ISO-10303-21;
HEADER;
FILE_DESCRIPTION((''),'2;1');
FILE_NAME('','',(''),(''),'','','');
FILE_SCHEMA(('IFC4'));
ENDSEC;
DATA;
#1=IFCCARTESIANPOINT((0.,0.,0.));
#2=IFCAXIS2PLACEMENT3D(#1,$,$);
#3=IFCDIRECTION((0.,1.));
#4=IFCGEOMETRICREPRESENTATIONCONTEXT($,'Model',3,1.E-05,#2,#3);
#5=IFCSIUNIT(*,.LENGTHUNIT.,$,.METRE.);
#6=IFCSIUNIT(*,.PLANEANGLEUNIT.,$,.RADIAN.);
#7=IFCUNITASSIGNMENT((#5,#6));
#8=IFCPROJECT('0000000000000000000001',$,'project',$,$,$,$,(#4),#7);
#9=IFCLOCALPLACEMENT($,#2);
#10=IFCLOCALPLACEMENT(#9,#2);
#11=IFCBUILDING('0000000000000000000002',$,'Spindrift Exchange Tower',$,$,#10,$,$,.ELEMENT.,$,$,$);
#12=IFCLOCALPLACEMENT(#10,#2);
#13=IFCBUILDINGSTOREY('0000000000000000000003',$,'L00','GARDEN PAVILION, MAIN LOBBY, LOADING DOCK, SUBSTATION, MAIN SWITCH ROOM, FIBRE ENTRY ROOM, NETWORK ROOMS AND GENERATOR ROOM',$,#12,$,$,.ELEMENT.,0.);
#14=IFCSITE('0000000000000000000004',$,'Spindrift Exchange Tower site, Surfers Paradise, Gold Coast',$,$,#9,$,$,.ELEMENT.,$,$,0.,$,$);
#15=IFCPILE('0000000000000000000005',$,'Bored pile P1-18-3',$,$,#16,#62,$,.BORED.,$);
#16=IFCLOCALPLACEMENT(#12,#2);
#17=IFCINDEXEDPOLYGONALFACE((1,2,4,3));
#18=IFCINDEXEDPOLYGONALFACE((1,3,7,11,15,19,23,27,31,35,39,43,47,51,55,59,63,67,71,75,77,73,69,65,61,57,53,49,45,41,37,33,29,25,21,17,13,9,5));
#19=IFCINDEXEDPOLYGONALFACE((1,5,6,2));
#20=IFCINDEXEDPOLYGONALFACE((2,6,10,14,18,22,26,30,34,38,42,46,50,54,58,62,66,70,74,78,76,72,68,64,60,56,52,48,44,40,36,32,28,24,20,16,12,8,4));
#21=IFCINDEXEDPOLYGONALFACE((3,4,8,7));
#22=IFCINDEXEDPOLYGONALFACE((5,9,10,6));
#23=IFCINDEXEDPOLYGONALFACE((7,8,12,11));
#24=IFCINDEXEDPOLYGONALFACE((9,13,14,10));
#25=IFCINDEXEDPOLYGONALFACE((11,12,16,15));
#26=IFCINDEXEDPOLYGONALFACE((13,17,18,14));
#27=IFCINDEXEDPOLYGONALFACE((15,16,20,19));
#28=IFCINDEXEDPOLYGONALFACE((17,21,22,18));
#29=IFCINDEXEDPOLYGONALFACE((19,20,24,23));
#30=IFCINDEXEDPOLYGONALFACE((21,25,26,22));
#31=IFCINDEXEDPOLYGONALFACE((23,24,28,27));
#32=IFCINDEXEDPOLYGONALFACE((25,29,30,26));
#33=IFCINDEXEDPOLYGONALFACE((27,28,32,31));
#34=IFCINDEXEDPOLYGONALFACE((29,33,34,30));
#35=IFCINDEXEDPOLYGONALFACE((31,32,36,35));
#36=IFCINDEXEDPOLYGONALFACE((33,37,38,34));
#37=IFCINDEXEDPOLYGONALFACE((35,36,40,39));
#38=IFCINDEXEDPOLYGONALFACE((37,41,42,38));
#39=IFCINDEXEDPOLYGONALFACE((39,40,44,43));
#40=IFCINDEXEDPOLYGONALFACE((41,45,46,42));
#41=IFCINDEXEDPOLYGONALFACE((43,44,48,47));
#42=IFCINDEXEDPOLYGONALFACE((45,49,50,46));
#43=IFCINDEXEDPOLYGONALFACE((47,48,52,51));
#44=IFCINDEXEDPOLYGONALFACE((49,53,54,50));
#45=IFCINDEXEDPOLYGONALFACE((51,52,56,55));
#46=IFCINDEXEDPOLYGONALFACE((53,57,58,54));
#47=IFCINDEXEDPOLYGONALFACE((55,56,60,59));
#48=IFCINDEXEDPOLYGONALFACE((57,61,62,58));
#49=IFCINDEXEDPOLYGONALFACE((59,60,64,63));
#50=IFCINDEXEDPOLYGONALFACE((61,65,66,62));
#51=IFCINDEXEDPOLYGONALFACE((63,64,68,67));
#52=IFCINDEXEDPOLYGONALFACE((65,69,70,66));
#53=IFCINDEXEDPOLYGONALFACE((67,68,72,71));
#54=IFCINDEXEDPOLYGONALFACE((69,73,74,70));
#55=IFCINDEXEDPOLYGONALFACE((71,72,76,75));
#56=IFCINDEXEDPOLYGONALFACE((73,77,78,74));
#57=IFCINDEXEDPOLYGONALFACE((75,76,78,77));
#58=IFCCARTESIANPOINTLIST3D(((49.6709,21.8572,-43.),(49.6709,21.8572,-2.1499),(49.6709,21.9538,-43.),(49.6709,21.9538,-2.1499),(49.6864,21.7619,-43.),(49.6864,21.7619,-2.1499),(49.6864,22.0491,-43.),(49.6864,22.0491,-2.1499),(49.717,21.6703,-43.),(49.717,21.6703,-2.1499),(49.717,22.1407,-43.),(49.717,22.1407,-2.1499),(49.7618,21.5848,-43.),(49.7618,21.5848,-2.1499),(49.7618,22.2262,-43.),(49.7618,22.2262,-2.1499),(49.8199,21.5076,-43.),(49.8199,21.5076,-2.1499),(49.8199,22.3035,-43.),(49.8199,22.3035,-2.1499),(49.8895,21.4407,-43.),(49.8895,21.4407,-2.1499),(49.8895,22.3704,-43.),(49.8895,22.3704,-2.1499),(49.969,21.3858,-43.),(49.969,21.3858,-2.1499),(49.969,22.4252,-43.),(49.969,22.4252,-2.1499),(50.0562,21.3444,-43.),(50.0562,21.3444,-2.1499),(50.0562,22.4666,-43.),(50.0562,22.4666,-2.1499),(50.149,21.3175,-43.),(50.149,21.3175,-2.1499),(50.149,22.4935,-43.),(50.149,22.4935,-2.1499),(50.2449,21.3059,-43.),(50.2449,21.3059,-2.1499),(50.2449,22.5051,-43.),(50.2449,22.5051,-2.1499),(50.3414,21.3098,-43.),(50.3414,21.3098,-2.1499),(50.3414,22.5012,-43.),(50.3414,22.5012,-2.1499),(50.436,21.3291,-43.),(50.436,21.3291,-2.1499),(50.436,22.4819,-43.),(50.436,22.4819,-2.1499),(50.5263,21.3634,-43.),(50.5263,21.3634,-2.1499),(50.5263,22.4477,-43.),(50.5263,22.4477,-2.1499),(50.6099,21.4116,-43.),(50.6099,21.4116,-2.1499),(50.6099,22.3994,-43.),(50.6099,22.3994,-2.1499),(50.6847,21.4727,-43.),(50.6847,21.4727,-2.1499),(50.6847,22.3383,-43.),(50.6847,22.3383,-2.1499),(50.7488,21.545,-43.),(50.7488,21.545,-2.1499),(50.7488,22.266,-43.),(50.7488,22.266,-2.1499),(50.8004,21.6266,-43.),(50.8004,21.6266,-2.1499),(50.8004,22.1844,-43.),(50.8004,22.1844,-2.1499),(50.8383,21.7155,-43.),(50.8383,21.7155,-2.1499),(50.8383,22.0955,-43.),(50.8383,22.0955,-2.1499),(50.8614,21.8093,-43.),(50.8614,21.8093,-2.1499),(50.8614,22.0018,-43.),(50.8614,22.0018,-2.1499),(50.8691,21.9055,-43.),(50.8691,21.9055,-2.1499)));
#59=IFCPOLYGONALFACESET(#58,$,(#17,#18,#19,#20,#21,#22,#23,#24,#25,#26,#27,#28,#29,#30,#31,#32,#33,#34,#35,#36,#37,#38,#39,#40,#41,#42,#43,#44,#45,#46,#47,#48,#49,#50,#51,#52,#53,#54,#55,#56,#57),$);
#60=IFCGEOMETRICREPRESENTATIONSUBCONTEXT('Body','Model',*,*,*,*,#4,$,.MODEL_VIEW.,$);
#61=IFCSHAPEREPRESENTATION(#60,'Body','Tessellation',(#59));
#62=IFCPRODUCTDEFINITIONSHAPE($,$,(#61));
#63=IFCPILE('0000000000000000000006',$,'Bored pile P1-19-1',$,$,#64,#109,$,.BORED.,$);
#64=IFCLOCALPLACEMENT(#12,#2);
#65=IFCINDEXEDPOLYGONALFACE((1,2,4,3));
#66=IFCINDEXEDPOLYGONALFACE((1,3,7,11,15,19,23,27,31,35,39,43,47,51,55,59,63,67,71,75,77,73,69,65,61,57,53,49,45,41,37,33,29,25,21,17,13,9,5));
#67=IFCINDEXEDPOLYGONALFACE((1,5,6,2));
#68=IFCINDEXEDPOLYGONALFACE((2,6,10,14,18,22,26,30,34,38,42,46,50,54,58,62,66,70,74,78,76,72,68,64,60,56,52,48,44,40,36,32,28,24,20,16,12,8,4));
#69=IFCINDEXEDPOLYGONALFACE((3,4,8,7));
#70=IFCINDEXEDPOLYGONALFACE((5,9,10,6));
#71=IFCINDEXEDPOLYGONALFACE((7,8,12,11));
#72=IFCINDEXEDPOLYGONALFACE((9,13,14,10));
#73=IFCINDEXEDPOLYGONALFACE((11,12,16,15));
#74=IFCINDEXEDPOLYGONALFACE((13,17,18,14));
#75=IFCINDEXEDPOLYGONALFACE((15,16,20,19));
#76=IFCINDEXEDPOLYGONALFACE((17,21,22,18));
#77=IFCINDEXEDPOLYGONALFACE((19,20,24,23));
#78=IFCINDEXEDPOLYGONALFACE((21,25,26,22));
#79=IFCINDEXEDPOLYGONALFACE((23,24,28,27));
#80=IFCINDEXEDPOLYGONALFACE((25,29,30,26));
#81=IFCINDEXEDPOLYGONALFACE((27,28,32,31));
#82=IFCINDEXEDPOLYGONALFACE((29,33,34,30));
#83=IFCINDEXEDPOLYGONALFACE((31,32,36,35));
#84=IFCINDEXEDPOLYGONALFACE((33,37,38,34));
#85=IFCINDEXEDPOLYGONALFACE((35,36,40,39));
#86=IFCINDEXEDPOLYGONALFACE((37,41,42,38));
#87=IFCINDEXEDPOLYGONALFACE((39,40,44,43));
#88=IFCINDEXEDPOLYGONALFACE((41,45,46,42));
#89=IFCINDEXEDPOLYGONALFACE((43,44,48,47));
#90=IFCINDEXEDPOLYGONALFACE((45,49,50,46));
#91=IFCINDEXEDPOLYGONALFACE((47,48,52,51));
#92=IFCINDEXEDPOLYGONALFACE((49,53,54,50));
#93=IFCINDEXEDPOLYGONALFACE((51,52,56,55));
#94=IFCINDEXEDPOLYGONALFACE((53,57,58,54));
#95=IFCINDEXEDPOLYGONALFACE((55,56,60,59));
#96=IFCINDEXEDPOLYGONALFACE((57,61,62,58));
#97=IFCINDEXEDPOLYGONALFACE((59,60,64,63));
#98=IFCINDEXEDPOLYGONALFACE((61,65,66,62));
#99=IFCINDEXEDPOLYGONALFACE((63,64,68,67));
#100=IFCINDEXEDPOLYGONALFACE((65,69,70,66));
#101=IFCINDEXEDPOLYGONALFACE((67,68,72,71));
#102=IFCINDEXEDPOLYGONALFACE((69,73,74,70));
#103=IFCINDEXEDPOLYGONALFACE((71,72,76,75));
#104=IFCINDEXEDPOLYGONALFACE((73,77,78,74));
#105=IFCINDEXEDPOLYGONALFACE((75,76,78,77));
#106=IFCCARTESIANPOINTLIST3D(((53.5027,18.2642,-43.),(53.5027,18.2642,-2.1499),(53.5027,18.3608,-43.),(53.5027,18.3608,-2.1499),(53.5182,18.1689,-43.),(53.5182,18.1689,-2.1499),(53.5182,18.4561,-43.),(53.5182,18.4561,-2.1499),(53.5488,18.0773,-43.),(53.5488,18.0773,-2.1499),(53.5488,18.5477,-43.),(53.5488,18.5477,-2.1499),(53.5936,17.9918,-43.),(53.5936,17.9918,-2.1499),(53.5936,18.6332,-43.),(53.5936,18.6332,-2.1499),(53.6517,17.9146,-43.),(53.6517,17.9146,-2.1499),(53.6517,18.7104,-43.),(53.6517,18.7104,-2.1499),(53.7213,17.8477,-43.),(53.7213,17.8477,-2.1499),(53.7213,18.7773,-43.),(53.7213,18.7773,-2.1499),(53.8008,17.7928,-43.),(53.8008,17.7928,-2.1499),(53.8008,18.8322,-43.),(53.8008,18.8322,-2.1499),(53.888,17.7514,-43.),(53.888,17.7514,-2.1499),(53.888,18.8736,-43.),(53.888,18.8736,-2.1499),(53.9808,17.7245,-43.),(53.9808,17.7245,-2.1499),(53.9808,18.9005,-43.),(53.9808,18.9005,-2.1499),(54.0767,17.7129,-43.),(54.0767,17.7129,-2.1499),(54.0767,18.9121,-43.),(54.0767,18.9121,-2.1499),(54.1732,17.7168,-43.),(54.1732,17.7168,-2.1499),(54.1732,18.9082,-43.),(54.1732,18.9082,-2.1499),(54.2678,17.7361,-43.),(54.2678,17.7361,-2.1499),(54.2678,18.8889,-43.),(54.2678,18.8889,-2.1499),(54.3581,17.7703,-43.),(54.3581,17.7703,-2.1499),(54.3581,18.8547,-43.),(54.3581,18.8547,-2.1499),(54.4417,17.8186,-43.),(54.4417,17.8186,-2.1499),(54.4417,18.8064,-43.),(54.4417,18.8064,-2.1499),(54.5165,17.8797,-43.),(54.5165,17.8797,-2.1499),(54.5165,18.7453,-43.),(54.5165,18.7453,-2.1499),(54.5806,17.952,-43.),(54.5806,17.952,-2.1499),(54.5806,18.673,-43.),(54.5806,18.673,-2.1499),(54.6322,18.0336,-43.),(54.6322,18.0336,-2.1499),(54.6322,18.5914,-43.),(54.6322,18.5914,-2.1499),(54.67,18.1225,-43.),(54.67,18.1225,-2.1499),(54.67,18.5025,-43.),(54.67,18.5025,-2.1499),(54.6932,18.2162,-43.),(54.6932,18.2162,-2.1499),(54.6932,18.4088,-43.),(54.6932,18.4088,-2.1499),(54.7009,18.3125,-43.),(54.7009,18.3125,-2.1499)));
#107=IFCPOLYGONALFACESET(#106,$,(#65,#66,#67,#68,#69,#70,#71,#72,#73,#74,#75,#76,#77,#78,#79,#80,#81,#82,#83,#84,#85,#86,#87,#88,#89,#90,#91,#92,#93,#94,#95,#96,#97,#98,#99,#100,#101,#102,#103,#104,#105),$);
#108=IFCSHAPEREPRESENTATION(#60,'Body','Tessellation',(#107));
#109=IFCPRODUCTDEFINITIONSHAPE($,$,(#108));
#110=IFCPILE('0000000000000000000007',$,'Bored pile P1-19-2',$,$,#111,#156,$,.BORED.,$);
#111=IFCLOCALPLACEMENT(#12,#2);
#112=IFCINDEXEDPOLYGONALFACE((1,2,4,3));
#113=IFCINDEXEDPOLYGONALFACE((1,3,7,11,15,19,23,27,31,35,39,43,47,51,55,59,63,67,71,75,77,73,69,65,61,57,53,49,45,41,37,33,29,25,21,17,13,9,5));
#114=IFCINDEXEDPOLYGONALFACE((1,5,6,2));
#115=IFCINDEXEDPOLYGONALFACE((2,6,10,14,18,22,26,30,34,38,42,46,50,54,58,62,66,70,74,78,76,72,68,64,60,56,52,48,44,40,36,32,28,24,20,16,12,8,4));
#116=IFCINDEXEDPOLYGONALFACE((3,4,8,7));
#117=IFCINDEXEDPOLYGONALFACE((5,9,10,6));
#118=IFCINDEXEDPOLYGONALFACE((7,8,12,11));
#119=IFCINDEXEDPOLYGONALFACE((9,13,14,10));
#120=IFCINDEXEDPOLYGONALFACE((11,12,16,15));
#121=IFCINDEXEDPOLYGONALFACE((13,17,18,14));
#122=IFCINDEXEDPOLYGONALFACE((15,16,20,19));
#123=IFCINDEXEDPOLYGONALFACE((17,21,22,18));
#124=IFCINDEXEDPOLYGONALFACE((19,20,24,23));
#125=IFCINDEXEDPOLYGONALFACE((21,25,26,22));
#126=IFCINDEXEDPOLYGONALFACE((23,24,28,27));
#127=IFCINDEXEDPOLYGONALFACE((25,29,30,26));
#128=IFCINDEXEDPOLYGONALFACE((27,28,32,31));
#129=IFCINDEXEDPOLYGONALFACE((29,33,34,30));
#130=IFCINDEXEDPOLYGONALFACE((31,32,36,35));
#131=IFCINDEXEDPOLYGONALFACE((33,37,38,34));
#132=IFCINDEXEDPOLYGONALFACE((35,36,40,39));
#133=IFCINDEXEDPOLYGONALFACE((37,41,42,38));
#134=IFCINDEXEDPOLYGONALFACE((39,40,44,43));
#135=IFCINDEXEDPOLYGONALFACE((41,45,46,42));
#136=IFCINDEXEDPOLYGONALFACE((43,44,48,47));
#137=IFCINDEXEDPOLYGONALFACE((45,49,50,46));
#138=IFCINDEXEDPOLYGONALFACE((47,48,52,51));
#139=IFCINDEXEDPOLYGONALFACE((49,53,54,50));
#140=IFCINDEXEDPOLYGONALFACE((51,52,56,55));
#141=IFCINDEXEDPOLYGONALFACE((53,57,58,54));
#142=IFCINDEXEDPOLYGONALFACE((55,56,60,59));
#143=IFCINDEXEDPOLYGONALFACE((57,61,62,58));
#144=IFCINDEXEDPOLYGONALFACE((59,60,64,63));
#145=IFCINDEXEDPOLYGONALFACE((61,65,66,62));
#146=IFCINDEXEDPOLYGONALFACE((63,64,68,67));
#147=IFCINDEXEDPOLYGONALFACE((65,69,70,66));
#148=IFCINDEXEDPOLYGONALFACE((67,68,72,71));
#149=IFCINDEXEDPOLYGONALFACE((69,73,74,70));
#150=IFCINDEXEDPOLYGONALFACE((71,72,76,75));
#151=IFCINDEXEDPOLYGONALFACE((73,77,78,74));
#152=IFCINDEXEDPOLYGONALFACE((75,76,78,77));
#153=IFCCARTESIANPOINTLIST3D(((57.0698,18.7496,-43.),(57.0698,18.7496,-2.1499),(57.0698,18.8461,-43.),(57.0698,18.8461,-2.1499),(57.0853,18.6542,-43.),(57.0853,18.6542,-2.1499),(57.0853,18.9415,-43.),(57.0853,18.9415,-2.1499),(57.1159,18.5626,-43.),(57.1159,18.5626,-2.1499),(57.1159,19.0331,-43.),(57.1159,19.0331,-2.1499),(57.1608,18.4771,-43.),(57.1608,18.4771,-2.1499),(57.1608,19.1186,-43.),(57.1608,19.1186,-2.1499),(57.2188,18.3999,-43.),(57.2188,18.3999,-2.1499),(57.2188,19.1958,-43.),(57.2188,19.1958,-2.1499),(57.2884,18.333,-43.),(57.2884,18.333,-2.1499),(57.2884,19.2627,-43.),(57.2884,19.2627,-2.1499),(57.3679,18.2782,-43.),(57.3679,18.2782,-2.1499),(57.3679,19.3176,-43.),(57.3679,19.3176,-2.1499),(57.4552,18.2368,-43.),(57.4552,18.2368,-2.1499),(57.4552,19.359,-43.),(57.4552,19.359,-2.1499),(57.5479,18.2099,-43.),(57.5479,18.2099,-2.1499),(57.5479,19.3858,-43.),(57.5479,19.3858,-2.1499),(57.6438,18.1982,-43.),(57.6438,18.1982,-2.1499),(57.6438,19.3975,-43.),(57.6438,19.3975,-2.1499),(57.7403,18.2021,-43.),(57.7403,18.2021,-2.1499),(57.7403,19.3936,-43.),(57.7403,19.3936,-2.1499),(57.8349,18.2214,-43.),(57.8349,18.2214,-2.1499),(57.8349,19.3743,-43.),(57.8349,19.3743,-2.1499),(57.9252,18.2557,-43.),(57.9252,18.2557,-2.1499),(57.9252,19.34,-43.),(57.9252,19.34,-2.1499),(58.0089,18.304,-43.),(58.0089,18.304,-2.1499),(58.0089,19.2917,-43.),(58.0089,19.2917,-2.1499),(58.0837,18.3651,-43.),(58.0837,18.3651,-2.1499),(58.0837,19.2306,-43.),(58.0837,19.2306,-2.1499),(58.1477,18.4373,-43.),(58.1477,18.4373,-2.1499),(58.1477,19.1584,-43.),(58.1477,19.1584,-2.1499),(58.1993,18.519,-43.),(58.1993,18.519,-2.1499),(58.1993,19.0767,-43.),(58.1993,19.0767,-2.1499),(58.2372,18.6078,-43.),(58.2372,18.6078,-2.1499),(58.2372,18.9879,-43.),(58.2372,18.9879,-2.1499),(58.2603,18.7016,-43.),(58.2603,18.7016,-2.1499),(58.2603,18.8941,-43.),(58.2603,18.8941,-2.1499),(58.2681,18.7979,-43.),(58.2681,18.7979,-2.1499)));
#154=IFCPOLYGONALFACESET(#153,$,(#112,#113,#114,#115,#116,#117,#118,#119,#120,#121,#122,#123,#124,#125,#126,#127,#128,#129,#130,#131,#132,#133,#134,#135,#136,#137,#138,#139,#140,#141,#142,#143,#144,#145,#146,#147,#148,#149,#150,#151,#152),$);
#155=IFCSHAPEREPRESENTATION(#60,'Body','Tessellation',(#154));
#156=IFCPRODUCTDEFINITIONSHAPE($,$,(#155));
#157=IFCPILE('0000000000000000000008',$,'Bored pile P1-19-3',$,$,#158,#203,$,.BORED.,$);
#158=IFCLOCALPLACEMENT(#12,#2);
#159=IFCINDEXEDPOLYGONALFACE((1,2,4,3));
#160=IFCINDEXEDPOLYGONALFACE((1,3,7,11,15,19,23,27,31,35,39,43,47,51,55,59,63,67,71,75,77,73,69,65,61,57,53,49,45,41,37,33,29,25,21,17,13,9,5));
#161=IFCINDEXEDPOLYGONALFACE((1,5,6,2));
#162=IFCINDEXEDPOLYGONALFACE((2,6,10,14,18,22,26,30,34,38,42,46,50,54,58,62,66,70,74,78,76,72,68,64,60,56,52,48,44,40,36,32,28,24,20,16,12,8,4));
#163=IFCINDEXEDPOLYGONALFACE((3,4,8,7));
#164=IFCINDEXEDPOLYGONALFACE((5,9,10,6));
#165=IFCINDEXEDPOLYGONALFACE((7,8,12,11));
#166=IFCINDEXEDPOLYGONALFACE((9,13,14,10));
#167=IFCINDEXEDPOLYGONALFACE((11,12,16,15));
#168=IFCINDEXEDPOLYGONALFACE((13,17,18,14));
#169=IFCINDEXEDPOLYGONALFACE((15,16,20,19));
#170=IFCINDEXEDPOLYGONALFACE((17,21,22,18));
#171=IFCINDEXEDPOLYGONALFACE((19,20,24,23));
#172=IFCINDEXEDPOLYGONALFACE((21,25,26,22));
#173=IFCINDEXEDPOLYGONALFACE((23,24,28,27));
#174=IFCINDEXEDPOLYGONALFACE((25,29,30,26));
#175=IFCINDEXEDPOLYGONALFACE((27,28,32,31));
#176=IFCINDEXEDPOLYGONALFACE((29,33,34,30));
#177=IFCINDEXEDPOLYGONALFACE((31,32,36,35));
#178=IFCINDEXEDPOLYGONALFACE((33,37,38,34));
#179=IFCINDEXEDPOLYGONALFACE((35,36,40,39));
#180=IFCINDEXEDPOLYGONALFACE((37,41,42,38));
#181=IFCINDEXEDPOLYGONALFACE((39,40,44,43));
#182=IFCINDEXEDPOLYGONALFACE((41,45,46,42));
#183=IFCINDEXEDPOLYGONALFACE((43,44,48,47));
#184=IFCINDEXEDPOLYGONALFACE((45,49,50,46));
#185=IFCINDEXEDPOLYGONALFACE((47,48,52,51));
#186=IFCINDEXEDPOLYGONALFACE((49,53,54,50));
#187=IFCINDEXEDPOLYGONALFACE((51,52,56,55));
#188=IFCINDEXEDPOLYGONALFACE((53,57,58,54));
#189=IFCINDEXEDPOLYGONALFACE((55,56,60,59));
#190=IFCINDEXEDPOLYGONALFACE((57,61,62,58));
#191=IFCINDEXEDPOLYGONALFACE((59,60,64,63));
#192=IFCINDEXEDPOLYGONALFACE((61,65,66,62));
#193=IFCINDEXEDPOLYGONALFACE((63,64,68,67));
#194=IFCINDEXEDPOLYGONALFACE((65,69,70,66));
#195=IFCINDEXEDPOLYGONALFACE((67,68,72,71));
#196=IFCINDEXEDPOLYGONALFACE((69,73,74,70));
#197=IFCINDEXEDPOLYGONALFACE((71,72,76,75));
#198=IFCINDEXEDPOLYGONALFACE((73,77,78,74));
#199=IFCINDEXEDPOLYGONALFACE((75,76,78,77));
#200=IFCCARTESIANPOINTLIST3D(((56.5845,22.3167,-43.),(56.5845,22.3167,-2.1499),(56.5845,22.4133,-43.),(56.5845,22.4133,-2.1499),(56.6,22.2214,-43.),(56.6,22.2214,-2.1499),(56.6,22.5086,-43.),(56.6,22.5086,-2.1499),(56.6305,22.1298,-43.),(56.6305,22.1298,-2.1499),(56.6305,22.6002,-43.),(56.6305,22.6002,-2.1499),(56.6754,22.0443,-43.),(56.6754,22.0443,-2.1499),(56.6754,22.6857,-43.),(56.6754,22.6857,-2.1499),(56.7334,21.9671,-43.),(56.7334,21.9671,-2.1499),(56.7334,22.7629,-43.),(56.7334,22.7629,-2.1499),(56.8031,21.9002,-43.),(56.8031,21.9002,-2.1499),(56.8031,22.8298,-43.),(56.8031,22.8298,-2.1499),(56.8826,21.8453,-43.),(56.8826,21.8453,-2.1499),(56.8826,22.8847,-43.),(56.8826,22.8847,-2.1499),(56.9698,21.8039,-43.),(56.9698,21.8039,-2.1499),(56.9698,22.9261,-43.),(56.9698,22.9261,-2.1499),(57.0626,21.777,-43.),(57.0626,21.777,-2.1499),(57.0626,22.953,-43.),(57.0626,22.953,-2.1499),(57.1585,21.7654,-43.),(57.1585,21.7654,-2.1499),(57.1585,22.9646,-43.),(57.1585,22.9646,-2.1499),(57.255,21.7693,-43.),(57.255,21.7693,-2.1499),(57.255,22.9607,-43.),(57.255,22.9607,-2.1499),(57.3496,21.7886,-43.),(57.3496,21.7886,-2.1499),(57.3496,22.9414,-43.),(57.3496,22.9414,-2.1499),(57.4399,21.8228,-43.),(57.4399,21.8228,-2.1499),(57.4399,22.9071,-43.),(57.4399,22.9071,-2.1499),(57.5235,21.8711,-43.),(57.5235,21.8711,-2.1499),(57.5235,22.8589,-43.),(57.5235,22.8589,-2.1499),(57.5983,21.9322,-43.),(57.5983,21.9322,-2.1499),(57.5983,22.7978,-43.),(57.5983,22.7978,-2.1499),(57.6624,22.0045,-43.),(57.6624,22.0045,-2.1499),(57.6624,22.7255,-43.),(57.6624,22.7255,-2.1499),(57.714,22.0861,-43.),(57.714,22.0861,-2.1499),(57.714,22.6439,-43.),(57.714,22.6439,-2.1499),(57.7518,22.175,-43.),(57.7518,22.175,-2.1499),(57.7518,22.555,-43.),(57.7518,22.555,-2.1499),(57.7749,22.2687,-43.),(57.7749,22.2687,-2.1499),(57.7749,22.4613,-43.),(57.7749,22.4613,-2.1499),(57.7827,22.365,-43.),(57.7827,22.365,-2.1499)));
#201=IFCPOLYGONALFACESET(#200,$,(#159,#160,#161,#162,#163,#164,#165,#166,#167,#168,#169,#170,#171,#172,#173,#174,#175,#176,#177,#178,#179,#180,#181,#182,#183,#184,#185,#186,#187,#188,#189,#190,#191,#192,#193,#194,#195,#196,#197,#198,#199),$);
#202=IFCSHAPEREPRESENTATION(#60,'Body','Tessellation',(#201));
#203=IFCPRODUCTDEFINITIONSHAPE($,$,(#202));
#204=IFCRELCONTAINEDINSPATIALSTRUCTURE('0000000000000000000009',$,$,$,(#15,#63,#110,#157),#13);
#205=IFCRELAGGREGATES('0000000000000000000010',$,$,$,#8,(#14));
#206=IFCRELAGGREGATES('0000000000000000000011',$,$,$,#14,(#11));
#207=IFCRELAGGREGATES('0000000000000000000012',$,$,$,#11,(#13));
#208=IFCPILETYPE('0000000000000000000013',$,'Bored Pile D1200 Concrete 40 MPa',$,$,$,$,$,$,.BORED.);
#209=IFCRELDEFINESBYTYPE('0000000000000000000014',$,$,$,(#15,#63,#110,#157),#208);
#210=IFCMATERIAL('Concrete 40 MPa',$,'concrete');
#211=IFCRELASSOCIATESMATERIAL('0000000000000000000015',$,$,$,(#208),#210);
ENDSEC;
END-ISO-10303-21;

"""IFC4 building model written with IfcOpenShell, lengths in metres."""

from ifc_helpers import new_model, si_unit, direction, frame, origin, origin_2d, place, context, subcontext, project, spatial, circle, extrude, source, transform, mapped, material, material_profile, profile_set, type_object, element, save


model = new_model("IFC4")

# Units and contexts
model_context = context("Model", 3, precision=1e-05, world=origin(), true_north=direction((0.0, 1.0)))
body_context = subcontext(model_context, "Body", "Model", "MODEL_VIEW")
ifc_project = project(units=[si_unit("LENGTHUNIT", "METRE"), si_unit("PLANEANGLEUNIT", "RADIAN")], contexts=[model_context])

# Site, building, storey
site_placement = place(None, origin())
site = spatial("IfcSite", under=ifc_project, at=site_placement, Name="Spindrift Exchange Tower site, Surfers Paradise, Gold Coast", CompositionType="ELEMENT", RefElevation=0.0)
building_placement = place(site_placement, origin())
building = spatial("IfcBuilding", under=site, at=building_placement, Name="Spindrift Exchange Tower", CompositionType="ELEMENT")
storey_placement = place(building_placement, origin())
storey = spatial("IfcBuildingStorey", under=building, at=storey_placement, Name="L00", Description="GARDEN PAVILION, MAIN LOBBY, LOADING DOCK, SUBSTATION, MAIN SWITCH ROOM, FIBRE ENTRY ROOM, NETWORK ROOMS AND GENERATOR ROOM", CompositionType="ELEMENT", Elevation=0.0)

# Piles
ifc_material_1 = material(Name="Concrete 40 MPa", Category="concrete")
ifc_material_profile_1 = material_profile(ifc_material_1, circle(Radius=0.6001, at=origin_2d()), Name="BP D1200")
ifc_profile_set_1 = profile_set([ifc_material_profile_1], Name="Concrete 40 MPa")
pile_type_1 = type_object("IfcPileType", Name="Bored Pile D1200 Concrete 40 MPa", PredefinedType="BORED", material=ifc_profile_set_1)
shared_shape_1 = source(origin(), body_context, "Body", "SweptSolid", [
    extrude(circle(Radius=0.6001, at=origin_2d()), origin(), (0.0, 0.0, 1.0), 40.8501),
])
for number, where, z_axis, x_axis, name in (
    (1, (50.269, 21.9055, -2.1499), (0.0, 0.0, -1.0), (1.0, 0.0, 0.0), "Bored pile P1-18-3"),
    (2, (54.1008, 18.3125, -2.1499), (0.0, 0.0, -1.0), (1.0, 0.0, 0.0), "Bored pile P1-19-1"),
    (3, (57.668, 18.7979, -2.1499), (0.0, 0.0, -1.0), (1.0, 0.0, 0.0), "Bored pile P1-19-2"),
    (4, (57.1826, 22.365, -2.1499), (0.0, 0.0, -1.0), (1.0, 0.0, 0.0), "Bored pile P1-19-3"),
):
    element("IfcPile", number, at=place(storey_placement, frame(where, z_axis=z_axis, x_axis=x_axis)), inside=storey, type_object=pile_type_1, Name=name, PredefinedType="BORED", context=body_context, shape_type="MappedRepresentation", body=[
        mapped(shared_shape_1, transform((0.0, 0.0, 0.0), scale=1.0)),
    ])

save(model, "model.ifc")
